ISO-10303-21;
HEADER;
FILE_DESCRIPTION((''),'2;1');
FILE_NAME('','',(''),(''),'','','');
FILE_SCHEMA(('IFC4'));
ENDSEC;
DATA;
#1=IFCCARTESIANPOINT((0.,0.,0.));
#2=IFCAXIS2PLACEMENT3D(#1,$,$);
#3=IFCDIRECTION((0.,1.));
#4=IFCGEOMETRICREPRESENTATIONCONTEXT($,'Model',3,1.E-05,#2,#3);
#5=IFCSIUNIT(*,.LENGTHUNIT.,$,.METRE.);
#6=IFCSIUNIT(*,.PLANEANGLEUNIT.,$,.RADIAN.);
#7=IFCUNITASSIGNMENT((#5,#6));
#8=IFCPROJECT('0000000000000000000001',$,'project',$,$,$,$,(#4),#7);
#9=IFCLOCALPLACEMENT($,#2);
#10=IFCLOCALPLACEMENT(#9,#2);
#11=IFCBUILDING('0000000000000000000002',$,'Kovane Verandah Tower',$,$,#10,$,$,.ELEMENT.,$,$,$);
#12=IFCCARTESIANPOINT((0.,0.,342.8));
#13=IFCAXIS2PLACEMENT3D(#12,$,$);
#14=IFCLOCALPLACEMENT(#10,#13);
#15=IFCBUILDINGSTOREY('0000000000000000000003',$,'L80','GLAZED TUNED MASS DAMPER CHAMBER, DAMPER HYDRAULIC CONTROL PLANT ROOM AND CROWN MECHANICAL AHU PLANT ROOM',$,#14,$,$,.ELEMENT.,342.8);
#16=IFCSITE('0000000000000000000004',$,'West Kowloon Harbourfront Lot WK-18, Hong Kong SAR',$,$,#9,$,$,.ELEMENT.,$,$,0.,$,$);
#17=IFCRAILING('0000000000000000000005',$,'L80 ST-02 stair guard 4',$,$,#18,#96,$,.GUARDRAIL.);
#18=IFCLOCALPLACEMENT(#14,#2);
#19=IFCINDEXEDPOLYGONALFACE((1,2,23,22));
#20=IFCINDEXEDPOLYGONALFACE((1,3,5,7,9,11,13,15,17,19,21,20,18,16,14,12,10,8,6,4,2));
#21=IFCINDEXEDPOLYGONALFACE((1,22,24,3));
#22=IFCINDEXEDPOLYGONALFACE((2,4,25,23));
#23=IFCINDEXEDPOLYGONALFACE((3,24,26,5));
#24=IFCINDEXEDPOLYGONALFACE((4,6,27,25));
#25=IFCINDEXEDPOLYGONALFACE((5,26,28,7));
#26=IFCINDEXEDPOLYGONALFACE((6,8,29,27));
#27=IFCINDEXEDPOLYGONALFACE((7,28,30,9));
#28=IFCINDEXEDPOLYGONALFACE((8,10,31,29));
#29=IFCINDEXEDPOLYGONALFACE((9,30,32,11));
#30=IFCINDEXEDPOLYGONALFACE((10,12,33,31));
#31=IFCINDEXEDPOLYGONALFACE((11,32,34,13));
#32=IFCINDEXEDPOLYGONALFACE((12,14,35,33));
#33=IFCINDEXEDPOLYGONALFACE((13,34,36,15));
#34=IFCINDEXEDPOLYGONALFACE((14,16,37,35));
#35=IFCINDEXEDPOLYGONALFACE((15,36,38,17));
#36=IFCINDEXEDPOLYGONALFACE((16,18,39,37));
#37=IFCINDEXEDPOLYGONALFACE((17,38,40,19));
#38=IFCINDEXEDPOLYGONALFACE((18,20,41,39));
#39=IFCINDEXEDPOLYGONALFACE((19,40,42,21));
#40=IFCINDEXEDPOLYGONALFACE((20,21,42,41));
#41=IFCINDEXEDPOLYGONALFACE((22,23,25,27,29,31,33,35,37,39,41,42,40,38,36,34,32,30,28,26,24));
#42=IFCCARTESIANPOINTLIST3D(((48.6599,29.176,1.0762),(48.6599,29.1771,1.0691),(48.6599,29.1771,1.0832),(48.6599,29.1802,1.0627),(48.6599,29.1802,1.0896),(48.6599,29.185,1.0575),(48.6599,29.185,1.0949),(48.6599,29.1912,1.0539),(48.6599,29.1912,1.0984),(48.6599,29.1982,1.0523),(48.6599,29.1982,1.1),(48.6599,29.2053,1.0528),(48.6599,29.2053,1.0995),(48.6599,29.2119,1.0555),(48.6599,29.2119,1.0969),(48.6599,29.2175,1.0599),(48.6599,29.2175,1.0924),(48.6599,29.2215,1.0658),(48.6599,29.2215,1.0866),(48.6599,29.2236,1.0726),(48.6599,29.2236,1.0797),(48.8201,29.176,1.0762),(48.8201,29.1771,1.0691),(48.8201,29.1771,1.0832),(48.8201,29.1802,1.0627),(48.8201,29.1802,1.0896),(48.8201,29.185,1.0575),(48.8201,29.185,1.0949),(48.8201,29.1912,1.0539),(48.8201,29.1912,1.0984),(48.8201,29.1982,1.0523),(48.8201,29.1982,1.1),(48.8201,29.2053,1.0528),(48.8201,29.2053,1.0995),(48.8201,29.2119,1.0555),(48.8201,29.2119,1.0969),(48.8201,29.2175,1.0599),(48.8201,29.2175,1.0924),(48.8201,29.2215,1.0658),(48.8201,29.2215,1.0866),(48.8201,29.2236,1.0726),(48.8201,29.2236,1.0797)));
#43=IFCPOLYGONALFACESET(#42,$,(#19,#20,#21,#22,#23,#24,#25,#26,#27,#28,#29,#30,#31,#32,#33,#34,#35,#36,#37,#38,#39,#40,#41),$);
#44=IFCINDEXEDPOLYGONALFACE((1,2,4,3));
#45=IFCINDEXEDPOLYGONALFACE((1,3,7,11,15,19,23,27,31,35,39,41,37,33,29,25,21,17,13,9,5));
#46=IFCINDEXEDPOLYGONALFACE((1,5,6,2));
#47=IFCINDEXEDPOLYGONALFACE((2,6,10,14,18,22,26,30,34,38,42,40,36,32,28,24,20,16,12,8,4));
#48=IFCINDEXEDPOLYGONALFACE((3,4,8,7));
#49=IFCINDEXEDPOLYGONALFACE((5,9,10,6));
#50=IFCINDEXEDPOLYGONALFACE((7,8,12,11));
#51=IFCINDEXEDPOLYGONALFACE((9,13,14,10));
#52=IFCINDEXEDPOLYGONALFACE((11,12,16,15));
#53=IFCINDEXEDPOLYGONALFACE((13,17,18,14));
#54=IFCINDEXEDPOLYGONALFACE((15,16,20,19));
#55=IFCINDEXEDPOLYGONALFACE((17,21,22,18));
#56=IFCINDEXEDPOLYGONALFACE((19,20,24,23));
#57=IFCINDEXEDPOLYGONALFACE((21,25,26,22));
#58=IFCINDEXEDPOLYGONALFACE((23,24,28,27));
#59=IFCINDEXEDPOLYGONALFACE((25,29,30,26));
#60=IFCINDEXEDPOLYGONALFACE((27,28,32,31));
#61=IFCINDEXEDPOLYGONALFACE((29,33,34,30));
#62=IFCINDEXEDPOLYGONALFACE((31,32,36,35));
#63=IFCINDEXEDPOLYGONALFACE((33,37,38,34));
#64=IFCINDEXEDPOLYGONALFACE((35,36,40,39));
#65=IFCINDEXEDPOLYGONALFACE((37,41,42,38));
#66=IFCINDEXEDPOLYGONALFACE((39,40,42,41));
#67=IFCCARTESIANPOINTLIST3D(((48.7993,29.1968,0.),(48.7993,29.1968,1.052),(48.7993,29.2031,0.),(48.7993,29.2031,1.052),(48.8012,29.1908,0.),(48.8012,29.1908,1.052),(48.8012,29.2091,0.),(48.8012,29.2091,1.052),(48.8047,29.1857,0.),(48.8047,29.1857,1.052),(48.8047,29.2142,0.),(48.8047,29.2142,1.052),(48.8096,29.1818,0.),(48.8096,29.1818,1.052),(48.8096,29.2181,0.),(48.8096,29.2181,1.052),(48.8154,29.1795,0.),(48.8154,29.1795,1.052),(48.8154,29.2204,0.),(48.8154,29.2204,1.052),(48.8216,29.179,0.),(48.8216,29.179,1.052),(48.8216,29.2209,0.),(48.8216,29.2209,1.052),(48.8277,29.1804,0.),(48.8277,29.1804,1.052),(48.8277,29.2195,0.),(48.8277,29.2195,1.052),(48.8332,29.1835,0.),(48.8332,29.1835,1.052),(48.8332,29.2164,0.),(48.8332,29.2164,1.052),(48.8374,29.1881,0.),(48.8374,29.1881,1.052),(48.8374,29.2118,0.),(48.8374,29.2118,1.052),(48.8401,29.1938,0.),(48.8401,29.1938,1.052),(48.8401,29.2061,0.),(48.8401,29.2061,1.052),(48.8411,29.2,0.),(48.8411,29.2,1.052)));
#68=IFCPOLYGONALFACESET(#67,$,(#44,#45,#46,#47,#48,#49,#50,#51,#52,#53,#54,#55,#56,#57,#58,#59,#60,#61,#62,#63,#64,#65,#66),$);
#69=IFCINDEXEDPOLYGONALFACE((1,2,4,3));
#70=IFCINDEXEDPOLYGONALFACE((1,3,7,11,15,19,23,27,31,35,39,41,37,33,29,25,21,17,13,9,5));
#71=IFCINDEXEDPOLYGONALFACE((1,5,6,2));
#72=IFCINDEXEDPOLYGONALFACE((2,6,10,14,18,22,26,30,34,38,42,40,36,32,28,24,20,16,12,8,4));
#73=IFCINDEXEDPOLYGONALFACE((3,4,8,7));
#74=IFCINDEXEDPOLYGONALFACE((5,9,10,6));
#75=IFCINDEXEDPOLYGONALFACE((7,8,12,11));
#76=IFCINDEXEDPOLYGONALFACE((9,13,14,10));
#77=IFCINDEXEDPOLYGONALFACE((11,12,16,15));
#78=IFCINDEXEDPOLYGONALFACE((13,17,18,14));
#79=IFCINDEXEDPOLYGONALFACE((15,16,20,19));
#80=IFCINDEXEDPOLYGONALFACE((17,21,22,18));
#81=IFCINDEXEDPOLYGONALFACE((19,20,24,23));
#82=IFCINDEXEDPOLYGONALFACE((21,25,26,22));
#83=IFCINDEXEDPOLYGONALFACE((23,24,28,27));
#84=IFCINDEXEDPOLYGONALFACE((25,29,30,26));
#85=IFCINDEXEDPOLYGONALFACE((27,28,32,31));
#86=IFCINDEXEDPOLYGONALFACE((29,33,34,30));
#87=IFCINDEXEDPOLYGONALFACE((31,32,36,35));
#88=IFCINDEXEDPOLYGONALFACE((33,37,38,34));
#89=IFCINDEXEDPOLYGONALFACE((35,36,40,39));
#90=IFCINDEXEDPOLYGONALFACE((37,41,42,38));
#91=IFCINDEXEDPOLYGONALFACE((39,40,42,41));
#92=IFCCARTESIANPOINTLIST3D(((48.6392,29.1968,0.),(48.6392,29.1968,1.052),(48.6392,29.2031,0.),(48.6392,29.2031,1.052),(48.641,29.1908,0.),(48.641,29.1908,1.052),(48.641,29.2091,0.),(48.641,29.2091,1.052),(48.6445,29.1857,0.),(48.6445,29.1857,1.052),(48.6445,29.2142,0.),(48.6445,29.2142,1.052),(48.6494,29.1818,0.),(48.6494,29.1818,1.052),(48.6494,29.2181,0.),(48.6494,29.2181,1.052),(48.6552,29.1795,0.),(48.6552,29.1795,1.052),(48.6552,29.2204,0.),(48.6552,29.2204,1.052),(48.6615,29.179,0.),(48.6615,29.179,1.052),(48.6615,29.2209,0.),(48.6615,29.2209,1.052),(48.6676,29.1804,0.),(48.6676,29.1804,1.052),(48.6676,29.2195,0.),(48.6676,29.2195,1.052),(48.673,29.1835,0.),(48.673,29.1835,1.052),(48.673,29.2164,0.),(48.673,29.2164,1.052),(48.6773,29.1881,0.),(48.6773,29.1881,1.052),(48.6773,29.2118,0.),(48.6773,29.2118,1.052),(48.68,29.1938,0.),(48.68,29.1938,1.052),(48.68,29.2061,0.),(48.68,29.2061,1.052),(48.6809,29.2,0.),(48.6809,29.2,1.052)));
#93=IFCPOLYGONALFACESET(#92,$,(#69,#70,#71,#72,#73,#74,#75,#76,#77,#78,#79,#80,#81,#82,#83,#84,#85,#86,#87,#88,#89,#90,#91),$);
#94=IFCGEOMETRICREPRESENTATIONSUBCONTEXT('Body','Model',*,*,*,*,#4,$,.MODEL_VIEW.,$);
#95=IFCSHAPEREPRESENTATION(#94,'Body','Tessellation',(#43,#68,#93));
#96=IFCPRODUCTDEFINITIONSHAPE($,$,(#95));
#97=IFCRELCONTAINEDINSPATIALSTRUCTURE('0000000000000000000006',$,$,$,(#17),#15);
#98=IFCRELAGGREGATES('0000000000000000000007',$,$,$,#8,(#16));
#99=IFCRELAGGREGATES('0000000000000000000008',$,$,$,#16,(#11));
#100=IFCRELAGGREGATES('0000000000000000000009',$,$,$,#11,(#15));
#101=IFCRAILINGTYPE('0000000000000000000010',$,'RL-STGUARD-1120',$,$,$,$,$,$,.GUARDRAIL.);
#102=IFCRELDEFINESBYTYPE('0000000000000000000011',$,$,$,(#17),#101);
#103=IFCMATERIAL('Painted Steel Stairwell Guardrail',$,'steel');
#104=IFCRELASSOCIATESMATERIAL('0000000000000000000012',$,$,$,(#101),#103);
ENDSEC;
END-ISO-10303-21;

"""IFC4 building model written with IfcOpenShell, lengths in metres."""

from ifc_helpers import new_model, si_unit, direction, frame, origin, origin_2d, place, context, subcontext, project, spatial, circle, extrude, material, type_object, element, save


model = new_model("IFC4")

# Units and contexts
model_context = context("Model", 3, precision=1e-05, world=origin(), true_north=direction((0.0, 1.0)))
body_context = subcontext(model_context, "Body", "Model", "MODEL_VIEW")
ifc_project = project(units=[si_unit("LENGTHUNIT", "METRE"), si_unit("PLANEANGLEUNIT", "RADIAN")], contexts=[model_context])

# Site, building, storey
site_placement = place(None, origin())
site = spatial("IfcSite", under=ifc_project, at=site_placement, Name="West Kowloon Harbourfront Lot WK-18, Hong Kong SAR", CompositionType="ELEMENT", RefElevation=0.0)
building_placement = place(site_placement, origin())
building = spatial("IfcBuilding", under=site, at=building_placement, Name="Kovane Verandah Tower", CompositionType="ELEMENT")
storey_placement = place(building_placement, frame((0.0, 0.0, 342.8)))
storey = spatial("IfcBuildingStorey", under=building, at=storey_placement, Name="L80", Description="GLAZED TUNED MASS DAMPER CHAMBER, DAMPER HYDRAULIC CONTROL PLANT ROOM AND CROWN MECHANICAL AHU PLANT ROOM", CompositionType="ELEMENT", Elevation=342.8)

# Railing
ifc_material_1 = material(Name="Painted Steel Stairwell Guardrail", Category="steel")
railing_type_1 = type_object("IfcRailingType", Name="RL-STGUARD-1120", PredefinedType="GUARDRAIL", material=ifc_material_1)
railing_1_placement = place(storey_placement, frame((48.8201, 29.2, 0.0)))
element("IfcRailing", 1, at=railing_1_placement, inside=storey, type_object=railing_type_1, Name="L80 ST-02 stair guard 4", PredefinedType="GUARDRAIL", context=body_context, shape_type="SweptSolid", body=[
    extrude(circle(Radius=0.0239, at=origin_2d()), frame((0.0, 0.0, 1.0762), z_axis=(-1.0, 0.0, 0.0), x_axis=(0.0, -1.0, 0.0)), (0.0, 0.0, 1.0), 0.1602),
    extrude(circle(Radius=0.021, at=origin_2d()), origin(), (0.0, 0.0, 1.0), 1.052),
    extrude(circle(Radius=0.021, at=origin_2d()), frame((-0.1602, 0.0, 0.0)), (0.0, 0.0, 1.0), 1.052),
])

save(model, "model.ifc")
